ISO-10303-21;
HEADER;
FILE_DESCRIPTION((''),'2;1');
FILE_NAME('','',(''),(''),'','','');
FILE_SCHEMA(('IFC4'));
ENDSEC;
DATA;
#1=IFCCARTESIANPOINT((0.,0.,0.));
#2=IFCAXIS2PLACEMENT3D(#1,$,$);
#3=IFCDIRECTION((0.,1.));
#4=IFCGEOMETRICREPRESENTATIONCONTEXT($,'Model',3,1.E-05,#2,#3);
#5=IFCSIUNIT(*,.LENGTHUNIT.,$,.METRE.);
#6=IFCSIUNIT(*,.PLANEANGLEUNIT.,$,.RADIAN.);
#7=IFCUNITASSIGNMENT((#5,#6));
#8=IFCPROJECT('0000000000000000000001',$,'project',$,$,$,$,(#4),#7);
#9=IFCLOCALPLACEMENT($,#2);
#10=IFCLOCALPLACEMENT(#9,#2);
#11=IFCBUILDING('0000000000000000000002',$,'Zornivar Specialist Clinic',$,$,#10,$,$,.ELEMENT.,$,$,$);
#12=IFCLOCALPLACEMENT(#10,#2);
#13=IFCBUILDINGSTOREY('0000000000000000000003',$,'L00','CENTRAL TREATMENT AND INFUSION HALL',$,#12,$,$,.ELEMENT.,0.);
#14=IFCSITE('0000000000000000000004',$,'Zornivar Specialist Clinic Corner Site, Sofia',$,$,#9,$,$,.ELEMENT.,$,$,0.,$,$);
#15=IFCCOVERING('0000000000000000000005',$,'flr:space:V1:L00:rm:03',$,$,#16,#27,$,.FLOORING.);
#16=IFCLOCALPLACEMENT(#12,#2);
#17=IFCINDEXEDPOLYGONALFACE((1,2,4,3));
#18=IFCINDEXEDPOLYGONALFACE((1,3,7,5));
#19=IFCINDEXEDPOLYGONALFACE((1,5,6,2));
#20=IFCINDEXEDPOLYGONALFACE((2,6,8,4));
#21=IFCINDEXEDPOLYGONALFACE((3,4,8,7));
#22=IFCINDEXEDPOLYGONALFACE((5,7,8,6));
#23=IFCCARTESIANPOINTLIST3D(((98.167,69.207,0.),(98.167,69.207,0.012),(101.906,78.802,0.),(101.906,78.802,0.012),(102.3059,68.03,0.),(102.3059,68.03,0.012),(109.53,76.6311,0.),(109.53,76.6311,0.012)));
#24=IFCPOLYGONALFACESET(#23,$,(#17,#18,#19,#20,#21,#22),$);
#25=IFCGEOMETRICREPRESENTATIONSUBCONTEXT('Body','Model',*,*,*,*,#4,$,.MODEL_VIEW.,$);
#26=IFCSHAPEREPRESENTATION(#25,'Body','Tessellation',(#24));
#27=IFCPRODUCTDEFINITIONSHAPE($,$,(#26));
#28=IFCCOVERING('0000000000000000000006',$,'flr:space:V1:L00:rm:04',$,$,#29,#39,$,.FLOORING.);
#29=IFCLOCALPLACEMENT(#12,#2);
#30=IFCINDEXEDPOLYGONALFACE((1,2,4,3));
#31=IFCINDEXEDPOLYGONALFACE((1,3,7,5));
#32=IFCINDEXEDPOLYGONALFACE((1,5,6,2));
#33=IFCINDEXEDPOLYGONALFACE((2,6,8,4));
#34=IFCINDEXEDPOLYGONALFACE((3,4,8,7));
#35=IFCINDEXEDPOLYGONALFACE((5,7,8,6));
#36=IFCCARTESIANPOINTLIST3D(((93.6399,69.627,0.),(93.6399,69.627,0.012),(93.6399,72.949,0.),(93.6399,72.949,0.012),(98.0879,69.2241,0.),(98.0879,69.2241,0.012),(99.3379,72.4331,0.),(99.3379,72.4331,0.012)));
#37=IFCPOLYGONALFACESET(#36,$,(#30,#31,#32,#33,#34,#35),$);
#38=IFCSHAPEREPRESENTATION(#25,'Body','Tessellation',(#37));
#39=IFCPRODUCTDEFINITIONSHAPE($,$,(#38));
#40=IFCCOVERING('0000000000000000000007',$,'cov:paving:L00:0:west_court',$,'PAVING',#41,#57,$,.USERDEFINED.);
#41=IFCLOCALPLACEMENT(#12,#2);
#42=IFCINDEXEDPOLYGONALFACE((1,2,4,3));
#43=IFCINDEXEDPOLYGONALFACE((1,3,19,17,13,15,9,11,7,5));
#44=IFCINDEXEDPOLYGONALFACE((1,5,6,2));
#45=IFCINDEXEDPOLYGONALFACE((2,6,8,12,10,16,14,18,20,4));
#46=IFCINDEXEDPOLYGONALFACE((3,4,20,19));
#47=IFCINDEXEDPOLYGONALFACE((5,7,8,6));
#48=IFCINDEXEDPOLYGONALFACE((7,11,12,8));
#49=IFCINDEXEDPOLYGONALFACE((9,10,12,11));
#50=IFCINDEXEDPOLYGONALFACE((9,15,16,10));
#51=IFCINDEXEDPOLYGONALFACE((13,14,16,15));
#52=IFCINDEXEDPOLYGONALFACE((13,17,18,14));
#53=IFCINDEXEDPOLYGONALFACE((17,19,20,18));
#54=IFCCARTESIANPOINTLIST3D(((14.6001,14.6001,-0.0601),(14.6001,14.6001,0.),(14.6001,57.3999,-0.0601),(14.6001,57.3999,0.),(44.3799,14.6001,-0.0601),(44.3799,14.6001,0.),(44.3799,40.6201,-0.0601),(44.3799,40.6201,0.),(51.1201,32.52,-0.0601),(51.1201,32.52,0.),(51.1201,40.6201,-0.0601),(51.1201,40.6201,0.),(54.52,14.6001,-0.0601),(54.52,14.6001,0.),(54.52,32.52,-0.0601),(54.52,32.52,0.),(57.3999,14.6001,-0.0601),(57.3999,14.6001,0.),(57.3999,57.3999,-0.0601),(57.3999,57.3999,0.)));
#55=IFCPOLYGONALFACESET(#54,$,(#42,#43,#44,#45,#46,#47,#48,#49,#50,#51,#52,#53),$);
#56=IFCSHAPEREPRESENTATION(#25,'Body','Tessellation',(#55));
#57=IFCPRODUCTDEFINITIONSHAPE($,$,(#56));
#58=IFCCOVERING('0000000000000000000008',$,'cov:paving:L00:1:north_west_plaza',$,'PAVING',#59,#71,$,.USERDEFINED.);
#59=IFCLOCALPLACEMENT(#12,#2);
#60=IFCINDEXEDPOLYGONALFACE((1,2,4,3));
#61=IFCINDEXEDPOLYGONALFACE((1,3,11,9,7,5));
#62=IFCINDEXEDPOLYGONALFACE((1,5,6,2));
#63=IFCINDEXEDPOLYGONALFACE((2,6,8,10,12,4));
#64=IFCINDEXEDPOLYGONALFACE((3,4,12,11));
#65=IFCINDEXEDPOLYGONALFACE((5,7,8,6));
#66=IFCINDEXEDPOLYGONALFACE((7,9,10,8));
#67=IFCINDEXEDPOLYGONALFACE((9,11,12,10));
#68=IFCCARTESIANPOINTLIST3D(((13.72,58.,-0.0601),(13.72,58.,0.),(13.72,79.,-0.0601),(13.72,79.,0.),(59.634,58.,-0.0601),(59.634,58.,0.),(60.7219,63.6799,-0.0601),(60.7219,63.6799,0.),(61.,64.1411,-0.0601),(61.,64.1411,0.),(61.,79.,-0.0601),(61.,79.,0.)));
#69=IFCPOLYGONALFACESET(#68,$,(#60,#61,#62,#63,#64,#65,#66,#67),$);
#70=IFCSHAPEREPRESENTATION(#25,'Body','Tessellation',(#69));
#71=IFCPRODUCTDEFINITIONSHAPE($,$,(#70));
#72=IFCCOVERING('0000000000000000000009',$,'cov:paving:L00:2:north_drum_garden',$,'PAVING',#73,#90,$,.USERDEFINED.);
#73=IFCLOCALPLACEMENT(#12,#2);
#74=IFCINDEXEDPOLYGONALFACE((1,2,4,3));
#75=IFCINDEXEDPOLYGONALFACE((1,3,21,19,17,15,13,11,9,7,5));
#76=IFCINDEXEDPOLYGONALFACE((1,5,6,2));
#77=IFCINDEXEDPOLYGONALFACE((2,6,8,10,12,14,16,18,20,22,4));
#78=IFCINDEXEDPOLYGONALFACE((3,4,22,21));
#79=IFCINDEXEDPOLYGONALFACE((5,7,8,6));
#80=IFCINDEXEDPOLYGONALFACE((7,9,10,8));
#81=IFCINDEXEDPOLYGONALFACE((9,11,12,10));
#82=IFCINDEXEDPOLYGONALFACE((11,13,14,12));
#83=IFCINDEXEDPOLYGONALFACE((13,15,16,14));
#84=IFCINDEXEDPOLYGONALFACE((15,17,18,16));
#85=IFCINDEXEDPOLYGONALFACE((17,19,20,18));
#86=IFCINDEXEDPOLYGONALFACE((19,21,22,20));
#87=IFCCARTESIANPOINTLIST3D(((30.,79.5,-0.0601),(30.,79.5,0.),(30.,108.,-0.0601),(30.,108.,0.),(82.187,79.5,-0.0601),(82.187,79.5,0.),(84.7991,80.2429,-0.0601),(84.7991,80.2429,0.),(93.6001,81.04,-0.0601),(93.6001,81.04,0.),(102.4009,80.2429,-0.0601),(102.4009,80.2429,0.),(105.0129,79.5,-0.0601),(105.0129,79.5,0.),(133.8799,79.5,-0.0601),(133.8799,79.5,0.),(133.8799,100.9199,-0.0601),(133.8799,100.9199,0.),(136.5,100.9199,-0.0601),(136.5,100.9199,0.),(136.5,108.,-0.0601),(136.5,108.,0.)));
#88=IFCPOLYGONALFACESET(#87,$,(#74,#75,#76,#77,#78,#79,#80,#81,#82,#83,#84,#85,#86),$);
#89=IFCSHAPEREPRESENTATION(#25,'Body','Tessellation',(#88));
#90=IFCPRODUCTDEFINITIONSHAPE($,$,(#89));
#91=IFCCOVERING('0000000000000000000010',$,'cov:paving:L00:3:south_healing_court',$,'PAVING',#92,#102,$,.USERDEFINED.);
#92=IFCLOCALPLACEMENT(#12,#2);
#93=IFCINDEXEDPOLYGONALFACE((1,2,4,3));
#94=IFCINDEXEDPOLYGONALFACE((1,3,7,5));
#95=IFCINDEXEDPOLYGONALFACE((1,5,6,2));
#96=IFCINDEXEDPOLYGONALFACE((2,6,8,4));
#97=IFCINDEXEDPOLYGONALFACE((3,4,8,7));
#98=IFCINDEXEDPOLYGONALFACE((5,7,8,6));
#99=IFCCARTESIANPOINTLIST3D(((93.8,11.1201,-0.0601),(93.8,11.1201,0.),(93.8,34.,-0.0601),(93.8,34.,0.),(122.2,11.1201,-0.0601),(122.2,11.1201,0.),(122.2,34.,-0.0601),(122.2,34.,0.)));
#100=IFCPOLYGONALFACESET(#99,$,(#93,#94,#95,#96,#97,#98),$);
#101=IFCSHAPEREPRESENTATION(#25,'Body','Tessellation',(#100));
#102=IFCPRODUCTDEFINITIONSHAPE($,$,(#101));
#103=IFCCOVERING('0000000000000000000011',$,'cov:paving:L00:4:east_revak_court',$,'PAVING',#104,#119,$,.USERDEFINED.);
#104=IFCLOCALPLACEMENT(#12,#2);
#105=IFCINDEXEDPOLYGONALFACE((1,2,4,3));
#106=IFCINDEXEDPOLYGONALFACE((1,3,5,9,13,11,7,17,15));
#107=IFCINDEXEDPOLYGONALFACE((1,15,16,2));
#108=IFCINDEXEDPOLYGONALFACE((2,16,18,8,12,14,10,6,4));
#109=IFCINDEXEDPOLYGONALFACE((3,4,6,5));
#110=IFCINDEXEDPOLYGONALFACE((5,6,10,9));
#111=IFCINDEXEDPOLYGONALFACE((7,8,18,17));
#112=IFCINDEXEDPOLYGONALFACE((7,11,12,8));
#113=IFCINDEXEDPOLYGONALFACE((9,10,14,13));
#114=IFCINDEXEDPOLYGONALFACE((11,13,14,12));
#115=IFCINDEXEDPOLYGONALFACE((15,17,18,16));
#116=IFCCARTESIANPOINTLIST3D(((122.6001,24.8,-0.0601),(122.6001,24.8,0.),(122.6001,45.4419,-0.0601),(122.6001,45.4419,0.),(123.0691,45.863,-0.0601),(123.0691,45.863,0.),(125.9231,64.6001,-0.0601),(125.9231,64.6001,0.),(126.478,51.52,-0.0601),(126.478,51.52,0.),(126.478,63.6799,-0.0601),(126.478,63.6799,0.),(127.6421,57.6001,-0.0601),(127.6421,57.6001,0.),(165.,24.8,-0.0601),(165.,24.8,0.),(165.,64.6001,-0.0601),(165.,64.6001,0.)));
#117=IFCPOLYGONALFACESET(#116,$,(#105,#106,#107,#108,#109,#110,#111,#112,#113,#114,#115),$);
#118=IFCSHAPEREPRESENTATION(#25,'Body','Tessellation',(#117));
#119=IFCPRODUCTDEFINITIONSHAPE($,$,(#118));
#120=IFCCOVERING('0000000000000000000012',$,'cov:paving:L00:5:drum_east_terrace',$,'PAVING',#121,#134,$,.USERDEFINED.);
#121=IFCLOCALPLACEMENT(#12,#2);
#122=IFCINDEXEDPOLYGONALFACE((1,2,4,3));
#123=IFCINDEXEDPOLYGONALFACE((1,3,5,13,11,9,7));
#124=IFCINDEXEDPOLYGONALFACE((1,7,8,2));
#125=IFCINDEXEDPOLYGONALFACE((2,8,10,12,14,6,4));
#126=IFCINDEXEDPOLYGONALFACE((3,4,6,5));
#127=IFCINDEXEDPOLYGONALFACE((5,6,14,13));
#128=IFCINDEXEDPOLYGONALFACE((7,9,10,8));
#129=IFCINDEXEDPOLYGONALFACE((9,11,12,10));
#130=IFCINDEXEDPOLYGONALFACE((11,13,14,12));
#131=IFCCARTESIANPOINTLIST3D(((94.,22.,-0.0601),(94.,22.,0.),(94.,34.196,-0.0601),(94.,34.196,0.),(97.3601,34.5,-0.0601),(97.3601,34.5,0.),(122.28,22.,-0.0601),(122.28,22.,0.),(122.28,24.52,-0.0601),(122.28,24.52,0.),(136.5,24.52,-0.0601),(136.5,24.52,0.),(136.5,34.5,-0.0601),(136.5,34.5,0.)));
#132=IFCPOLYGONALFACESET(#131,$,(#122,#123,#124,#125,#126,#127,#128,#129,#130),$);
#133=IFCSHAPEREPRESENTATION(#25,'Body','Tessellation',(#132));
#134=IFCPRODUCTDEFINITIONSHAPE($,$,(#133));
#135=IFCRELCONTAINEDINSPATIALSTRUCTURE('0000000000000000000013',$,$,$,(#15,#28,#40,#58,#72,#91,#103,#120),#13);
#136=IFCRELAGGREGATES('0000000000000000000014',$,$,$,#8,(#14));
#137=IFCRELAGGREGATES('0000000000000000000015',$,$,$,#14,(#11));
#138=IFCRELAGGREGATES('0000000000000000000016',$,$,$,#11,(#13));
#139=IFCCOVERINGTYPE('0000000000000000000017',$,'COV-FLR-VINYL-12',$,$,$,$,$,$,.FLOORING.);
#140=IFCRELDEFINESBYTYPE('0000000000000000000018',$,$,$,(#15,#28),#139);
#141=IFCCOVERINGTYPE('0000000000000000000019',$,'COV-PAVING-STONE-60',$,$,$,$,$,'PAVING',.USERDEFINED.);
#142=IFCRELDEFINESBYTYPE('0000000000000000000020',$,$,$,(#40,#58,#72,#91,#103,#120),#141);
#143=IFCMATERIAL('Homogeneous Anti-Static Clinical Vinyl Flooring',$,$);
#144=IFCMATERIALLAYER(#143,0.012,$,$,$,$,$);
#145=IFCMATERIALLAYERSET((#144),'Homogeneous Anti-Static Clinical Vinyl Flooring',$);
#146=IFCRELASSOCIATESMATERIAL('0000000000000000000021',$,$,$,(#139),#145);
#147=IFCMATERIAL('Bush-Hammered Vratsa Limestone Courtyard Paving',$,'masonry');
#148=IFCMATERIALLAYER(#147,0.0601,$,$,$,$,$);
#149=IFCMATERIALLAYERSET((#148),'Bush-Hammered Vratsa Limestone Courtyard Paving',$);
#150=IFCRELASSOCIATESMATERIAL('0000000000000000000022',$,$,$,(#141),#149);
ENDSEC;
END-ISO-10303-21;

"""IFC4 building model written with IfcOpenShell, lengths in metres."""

from ifc_helpers import new_model, si_unit, direction, frame, origin, place, context, subcontext, project, spatial, polyline, outline, extrude, material, layer, layer_set, type_object, element, save


model = new_model("IFC4")

# Units and contexts
model_context = context("Model", 3, precision=1e-05, world=origin(), true_north=direction((0.0, 1.0)))
body_context = subcontext(model_context, "Body", "Model", "MODEL_VIEW")
ifc_project = project(units=[si_unit("LENGTHUNIT", "METRE"), si_unit("PLANEANGLEUNIT", "RADIAN")], contexts=[model_context])

# Site, building, storey
site_placement = place(None, origin())
site = spatial("IfcSite", under=ifc_project, at=site_placement, Name="Zornivar Specialist Clinic Corner Site, Sofia", CompositionType="ELEMENT", RefElevation=0.0)
building_placement = place(site_placement, origin())
building = spatial("IfcBuilding", under=site, at=building_placement, Name="Zornivar Specialist Clinic", CompositionType="ELEMENT")
storey_placement = place(building_placement, origin())
storey = spatial("IfcBuildingStorey", under=building, at=storey_placement, Name="L00", Description="CENTRAL TREATMENT AND INFUSION HALL", CompositionType="ELEMENT", Elevation=0.0)

# Coverings
ifc_material_1 = material(Name="Homogeneous Anti-Static Clinical Vinyl Flooring")
ifc_layer_1 = layer(ifc_material_1, 0.012)
ifc_layer_set_1 = layer_set([ifc_layer_1], Name="Homogeneous Anti-Static Clinical Vinyl Flooring")
covering_type_1 = type_object("IfcCoveringType", Name="COV-FLR-VINYL-12", PredefinedType="FLOORING", material=ifc_layer_set_1)
covering_1_placement = place(storey_placement, origin())
element("IfcCovering", 1, at=covering_1_placement, inside=storey, type_object=covering_type_1, Name="flr:space:V1:L00:rm:03", PredefinedType="FLOORING", context=body_context, shape_type="SweptSolid", body=[
    extrude(outline(polyline([(101.906, 78.802), (109.53, 76.6311), (102.3059, 68.03), (98.167, 69.207), (101.906, 78.802)])), origin(), (0.0, 0.0, 1.0), 0.012),
])
covering_2_placement = place(storey_placement, origin())
element("IfcCovering", 2, at=covering_2_placement, inside=storey, type_object=covering_type_1, Name="flr:space:V1:L00:rm:04", PredefinedType="FLOORING", context=body_context, shape_type="SweptSolid", body=[
    extrude(outline(polyline([(93.6399, 72.949), (99.3379, 72.4331), (98.0879, 69.2241), (93.6399, 69.627), (93.6399, 72.949)])), origin(), (0.0, 0.0, 1.0), 0.012),
])
ifc_material_2 = material(Name="Bush-Hammered Vratsa Limestone Courtyard Paving", Category="masonry")
ifc_layer_2 = layer(ifc_material_2, 0.0601)
ifc_layer_set_2 = layer_set([ifc_layer_2], Name="Bush-Hammered Vratsa Limestone Courtyard Paving")
covering_type_2 = type_object("IfcCoveringType", Name="COV-PAVING-STONE-60", ElementType="PAVING", PredefinedType="USERDEFINED", material=ifc_layer_set_2)
covering_3_placement = place(storey_placement, frame((0.0, 0.0, -0.0601)))
element("IfcCovering", 3, at=covering_3_placement, inside=storey, type_object=covering_type_2, Name="cov:paving:L00:0:west_court", ObjectType="PAVING", PredefinedType="USERDEFINED", context=body_context, shape_type="SweptSolid", body=[
    extrude(outline(polyline([(14.6001, 57.3999), (57.3999, 57.3999), (57.3999, 14.6001), (54.52, 14.6001), (54.52, 32.52), (51.1201, 32.52), (51.1201, 40.6201), (44.3799, 40.6201), (44.3799, 14.6001), (14.6001, 14.6001), (14.6001, 57.3999)])), origin(), (0.0, 0.0, 1.0), 0.0601),
])
covering_4_placement = place(storey_placement, frame((0.0, 0.0, -0.0601)))
element("IfcCovering", 4, at=covering_4_placement, inside=storey, type_object=covering_type_2, Name="cov:paving:L00:1:north_west_plaza", ObjectType="PAVING", PredefinedType="USERDEFINED", context=body_context, shape_type="SweptSolid", body=[
    extrude(outline(polyline([(61.0, 64.1411), (60.7219, 63.6799), (59.634, 58.0), (13.72, 58.0), (13.72, 79.0), (61.0, 79.0), (61.0, 64.1411)])), origin(), (0.0, 0.0, 1.0), 0.0601),
])
covering_5_placement = place(storey_placement, frame((0.0, 0.0, -0.0601)))
element("IfcCovering", 5, at=covering_5_placement, inside=storey, type_object=covering_type_2, Name="cov:paving:L00:2:north_drum_garden", ObjectType="PAVING", PredefinedType="USERDEFINED", context=body_context, shape_type="SweptSolid", body=[
    extrude(outline(polyline([(105.0129, 79.5), (102.4009, 80.2429), (93.6001, 81.04), (84.7991, 80.2429), (82.187, 79.5), (30.0, 79.5), (30.0, 108.0), (136.5, 108.0), (136.5, 100.9199), (133.8799, 100.9199), (133.8799, 79.5), (105.0129, 79.5)])), origin(), (0.0, 0.0, 1.0), 0.0601),
])
covering_6_placement = place(storey_placement, frame((0.0, 0.0, -0.0601)))
element("IfcCovering", 6, at=covering_6_placement, inside=storey, type_object=covering_type_2, Name="cov:paving:L00:3:south_healing_court", ObjectType="PAVING", PredefinedType="USERDEFINED", context=body_context, shape_type="SweptSolid", body=[
    extrude(outline(polyline([(122.2, 34.0), (122.2, 11.1201), (93.8, 11.1201), (93.8, 34.0), (122.2, 34.0)])), origin(), (0.0, 0.0, 1.0), 0.0601),
])
covering_7_placement = place(storey_placement, frame((0.0, 0.0, -0.0601)))
element("IfcCovering", 7, at=covering_7_placement, inside=storey, type_object=covering_type_2, Name="cov:paving:L00:4:east_revak_court", ObjectType="PAVING", PredefinedType="USERDEFINED", context=body_context, shape_type="SweptSolid", body=[
    extrude(outline(polyline([(122.6001, 24.8), (122.6001, 45.4419), (123.0691, 45.863), (126.478, 51.52), (127.6421, 57.6001), (126.478, 63.6799), (125.9231, 64.6001), (165.0, 64.6001), (165.0, 24.8), (122.6001, 24.8)])), origin(), (0.0, 0.0, 1.0), 0.0601),
])
covering_8_placement = place(storey_placement, frame((0.0, 0.0, -0.0601)))
element("IfcCovering", 8, at=covering_8_placement, inside=storey, type_object=covering_type_2, Name="cov:paving:L00:5:drum_east_terrace", ObjectType="PAVING", PredefinedType="USERDEFINED", context=body_context, shape_type="SweptSolid", body=[
    extrude(outline(polyline([(94.0, 34.196), (97.3601, 34.5), (136.5, 34.5), (136.5, 24.52), (122.28, 24.52), (122.28, 22.0), (94.0, 22.0), (94.0, 34.196)])), origin(), (0.0, 0.0, 1.0), 0.0601),
])

save(model, "model.ifc")
